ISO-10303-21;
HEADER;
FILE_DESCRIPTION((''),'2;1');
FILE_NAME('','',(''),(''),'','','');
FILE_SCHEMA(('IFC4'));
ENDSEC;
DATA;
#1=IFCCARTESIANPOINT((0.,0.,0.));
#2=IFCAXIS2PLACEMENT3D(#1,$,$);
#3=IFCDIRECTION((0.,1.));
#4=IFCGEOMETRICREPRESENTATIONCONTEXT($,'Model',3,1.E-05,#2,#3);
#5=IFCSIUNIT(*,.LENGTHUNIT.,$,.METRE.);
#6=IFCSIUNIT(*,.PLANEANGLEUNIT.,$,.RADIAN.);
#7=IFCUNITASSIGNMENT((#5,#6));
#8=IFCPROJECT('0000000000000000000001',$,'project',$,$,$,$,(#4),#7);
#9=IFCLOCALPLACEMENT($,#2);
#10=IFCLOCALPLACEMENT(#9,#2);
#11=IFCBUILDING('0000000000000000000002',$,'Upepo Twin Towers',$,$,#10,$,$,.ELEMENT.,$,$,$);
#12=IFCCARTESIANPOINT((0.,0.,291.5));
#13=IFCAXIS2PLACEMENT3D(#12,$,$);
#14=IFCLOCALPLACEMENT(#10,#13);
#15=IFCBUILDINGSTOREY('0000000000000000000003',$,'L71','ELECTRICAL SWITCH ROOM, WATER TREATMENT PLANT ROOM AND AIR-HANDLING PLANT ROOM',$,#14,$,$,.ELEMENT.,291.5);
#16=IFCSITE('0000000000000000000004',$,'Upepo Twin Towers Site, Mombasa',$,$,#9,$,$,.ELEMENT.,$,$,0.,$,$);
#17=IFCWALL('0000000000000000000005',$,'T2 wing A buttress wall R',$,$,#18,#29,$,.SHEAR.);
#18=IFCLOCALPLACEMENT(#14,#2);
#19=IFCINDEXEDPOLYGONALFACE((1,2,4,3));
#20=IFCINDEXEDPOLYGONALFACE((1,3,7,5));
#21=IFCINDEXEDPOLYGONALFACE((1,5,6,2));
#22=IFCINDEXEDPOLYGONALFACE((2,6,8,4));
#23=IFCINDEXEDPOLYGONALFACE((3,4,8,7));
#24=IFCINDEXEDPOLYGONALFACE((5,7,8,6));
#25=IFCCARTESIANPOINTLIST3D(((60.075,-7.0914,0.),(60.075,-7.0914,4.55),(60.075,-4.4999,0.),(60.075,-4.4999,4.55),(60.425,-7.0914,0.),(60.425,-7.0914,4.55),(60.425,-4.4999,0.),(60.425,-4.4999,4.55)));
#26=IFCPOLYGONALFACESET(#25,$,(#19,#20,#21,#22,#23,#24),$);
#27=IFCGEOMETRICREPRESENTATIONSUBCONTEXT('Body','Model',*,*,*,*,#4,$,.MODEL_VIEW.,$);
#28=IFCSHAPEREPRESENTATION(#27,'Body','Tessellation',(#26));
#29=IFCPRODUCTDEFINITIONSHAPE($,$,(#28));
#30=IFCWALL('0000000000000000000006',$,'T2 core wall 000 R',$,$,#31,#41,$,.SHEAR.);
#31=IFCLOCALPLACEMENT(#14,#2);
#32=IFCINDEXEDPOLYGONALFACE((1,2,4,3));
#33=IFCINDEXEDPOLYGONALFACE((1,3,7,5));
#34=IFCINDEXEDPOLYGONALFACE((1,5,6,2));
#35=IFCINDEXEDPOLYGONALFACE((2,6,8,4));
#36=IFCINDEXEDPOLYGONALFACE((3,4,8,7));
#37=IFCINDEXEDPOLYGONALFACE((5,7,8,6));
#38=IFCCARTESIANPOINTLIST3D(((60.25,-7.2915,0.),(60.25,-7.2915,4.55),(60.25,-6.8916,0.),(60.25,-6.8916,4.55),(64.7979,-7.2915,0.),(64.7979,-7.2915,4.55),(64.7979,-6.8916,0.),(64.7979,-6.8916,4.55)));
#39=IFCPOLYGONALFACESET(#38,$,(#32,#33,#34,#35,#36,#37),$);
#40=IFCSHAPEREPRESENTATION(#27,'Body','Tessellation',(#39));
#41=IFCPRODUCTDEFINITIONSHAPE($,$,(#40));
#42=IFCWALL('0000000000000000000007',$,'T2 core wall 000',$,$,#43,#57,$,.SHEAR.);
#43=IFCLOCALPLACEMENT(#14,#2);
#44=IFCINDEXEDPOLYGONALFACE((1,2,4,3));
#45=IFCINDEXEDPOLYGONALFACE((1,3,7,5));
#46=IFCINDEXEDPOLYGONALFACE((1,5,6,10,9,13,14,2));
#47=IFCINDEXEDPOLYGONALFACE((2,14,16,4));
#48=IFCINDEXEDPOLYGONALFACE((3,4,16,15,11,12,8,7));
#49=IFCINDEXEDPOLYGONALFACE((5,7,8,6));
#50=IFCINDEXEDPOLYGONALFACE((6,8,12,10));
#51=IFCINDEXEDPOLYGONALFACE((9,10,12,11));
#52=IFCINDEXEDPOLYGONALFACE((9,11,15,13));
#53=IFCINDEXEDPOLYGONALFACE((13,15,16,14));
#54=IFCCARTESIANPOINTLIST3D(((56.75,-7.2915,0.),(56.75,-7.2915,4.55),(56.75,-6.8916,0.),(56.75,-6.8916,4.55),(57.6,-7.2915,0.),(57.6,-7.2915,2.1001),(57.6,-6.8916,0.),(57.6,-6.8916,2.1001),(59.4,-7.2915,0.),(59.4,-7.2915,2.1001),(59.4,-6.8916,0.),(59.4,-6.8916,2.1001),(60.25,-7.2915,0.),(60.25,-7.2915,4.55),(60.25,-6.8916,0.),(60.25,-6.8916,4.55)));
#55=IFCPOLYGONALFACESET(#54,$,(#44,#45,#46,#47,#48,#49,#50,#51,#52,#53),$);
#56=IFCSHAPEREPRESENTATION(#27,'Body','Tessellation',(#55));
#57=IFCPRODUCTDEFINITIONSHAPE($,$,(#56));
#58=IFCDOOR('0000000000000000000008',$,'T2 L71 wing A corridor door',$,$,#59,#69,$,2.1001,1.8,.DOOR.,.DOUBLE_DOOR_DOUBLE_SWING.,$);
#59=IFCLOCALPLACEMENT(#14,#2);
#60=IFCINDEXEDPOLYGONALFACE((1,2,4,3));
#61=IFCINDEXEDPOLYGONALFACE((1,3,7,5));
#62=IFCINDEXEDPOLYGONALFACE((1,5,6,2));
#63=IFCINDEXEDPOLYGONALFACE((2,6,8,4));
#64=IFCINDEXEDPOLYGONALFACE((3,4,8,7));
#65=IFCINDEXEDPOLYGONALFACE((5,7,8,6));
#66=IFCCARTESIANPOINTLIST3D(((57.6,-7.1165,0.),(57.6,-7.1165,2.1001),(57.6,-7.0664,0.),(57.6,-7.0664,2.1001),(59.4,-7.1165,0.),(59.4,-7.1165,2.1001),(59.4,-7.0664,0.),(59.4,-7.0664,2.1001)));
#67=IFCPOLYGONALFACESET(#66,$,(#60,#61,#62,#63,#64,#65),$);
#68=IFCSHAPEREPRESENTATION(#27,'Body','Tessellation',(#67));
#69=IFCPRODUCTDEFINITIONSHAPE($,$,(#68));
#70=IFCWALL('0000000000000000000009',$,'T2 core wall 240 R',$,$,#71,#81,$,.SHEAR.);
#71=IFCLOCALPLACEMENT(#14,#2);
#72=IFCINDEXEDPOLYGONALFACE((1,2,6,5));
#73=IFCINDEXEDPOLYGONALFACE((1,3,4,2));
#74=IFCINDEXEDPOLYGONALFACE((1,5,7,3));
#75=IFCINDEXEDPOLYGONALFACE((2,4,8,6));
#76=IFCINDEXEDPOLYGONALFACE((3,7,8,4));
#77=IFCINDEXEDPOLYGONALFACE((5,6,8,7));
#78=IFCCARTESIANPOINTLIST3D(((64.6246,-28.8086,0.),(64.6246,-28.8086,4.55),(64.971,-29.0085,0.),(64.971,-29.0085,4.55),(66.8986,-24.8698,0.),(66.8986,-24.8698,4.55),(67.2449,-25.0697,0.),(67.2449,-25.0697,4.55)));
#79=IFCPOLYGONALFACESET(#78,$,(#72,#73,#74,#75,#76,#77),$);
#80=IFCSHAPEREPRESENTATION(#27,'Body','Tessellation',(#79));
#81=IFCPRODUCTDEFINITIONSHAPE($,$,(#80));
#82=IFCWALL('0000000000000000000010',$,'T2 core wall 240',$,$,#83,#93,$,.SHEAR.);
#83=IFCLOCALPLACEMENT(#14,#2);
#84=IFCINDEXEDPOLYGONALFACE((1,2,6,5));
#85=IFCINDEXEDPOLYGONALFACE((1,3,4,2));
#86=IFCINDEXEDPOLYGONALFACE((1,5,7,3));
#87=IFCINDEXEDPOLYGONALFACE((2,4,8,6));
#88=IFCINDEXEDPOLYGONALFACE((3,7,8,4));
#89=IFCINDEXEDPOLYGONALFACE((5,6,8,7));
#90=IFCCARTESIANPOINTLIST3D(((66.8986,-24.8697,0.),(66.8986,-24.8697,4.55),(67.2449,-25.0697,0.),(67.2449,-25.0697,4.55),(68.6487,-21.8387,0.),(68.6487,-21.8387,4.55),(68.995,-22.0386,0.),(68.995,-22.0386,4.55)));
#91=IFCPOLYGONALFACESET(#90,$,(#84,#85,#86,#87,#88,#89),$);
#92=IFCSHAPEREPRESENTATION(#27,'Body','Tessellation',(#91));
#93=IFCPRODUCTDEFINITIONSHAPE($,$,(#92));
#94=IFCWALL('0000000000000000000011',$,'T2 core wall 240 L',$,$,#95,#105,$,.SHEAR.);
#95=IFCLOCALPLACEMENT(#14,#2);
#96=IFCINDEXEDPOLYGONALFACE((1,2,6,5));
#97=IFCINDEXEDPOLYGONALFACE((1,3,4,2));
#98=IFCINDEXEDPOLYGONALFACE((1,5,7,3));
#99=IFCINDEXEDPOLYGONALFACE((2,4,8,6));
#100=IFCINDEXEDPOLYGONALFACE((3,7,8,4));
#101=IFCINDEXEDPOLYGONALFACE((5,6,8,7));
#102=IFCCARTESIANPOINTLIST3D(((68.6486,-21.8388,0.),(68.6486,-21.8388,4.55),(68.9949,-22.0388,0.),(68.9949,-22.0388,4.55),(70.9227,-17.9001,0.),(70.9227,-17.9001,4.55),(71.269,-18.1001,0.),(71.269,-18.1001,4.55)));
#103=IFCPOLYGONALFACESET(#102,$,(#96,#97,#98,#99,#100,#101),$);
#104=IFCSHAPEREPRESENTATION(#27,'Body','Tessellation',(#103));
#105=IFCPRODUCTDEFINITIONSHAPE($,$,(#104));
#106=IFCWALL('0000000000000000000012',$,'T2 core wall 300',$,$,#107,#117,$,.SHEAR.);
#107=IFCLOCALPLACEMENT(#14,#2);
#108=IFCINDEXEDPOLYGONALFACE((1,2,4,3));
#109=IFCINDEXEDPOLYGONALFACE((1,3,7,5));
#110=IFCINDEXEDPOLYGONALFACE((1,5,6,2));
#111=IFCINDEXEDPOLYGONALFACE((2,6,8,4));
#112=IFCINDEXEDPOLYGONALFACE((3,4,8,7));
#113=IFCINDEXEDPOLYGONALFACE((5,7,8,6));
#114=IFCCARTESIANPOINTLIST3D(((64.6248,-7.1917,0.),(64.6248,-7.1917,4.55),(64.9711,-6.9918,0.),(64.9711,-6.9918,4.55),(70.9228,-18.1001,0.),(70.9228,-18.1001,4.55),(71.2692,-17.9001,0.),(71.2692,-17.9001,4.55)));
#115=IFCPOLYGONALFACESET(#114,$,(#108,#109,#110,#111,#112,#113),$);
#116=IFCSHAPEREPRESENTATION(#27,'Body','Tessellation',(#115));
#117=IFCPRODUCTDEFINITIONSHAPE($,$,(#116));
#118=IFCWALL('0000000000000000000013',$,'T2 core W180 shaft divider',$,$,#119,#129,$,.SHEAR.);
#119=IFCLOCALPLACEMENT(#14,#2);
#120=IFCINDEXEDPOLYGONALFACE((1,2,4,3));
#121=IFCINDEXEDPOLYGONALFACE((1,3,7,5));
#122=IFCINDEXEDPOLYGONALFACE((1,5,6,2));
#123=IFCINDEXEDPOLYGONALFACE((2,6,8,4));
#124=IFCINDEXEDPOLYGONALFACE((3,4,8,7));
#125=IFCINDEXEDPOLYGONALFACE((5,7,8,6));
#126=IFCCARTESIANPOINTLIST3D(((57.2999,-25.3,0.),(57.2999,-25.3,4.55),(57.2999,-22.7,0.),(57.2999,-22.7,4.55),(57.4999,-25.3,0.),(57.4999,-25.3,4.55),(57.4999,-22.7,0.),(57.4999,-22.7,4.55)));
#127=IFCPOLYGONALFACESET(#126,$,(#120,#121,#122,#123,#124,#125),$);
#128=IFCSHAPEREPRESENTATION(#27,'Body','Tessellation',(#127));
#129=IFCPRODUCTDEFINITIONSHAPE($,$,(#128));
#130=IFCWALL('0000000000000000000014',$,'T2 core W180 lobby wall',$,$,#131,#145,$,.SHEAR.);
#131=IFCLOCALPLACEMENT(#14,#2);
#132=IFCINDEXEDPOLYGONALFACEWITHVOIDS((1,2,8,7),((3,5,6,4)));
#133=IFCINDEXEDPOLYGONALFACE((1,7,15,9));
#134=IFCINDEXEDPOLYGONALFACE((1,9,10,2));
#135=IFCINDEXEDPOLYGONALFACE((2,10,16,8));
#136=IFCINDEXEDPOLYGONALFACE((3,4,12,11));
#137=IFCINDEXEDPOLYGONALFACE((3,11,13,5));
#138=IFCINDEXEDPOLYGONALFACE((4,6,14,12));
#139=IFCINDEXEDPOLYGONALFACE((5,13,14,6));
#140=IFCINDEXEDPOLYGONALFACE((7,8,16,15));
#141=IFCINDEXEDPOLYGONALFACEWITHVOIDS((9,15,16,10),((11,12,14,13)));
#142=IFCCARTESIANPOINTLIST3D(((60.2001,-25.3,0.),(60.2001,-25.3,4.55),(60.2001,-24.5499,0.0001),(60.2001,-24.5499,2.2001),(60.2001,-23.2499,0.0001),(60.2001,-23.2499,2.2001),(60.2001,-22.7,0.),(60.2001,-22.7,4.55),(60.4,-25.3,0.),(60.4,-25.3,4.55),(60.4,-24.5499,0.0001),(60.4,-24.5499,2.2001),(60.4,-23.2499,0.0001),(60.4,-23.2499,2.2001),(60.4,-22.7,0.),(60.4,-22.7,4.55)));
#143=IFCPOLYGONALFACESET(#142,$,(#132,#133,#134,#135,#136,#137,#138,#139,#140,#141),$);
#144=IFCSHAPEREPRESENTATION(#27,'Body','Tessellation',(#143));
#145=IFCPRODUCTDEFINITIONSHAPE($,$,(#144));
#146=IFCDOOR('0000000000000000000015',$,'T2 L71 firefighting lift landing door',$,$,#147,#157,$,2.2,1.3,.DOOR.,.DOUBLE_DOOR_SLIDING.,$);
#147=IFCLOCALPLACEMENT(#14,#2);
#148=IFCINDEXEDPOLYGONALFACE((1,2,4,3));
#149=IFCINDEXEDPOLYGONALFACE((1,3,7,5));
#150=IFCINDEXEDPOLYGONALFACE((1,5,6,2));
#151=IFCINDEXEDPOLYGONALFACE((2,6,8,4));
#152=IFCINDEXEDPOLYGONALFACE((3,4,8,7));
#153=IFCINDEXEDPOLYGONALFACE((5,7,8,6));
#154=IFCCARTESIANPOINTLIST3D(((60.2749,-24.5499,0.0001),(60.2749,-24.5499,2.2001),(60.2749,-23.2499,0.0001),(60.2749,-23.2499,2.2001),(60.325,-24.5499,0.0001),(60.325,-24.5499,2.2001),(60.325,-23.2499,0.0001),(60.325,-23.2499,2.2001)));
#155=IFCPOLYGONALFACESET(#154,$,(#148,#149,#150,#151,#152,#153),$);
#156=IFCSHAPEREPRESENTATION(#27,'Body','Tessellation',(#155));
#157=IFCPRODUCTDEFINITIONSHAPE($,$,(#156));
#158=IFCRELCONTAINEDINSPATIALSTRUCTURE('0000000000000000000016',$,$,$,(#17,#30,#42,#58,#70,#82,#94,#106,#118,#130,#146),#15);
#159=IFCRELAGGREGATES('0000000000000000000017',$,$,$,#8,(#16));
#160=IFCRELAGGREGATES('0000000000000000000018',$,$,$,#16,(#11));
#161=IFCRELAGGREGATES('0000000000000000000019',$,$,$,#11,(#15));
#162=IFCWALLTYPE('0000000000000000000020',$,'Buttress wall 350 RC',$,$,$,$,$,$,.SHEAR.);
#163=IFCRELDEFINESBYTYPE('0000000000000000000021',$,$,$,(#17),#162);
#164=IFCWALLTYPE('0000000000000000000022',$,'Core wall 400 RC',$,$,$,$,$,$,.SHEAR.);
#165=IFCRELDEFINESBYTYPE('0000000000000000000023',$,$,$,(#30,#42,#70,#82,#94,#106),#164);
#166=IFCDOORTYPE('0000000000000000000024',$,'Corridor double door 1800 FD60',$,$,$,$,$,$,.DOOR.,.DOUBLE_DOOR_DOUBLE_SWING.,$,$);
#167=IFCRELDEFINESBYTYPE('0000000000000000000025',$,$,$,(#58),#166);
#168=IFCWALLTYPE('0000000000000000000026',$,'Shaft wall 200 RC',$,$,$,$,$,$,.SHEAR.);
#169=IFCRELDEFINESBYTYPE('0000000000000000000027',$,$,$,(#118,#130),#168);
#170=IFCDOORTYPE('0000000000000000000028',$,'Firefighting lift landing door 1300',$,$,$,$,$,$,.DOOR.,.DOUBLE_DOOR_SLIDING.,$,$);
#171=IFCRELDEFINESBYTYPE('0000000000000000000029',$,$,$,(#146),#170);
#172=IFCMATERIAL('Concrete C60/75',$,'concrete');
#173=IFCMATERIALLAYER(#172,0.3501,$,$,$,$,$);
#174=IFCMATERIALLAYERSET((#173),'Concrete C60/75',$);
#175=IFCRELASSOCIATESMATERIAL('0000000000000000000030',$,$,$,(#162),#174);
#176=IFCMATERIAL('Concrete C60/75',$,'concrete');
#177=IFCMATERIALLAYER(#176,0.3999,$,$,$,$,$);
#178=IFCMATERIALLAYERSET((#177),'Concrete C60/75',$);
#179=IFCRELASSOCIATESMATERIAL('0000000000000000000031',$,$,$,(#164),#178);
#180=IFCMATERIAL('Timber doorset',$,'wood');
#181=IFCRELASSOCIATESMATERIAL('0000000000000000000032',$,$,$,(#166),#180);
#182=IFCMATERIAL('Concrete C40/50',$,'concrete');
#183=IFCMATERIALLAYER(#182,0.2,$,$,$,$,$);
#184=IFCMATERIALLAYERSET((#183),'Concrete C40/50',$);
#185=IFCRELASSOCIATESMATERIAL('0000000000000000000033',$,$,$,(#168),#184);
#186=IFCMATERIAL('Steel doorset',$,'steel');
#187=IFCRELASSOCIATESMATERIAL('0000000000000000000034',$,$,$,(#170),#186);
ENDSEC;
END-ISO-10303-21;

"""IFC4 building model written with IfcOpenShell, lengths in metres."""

from ifc_helpers import new_model, si_unit, direction, frame, frame_2d, origin, place, context, subcontext, project, spatial, rectangle, extrude, material, layer, layer_set, type_object, element, fill, save


model = new_model("IFC4")

# Units and contexts
model_context = context("Model", 3, precision=1e-05, world=origin(), true_north=direction((0.0, 1.0)))
body_context = subcontext(model_context, "Body", "Model", "MODEL_VIEW")
ifc_project = project(units=[si_unit("LENGTHUNIT", "METRE"), si_unit("PLANEANGLEUNIT", "RADIAN")], contexts=[model_context])

# Site, building, storey
site_placement = place(None, origin())
site = spatial("IfcSite", under=ifc_project, at=site_placement, Name="Upepo Twin Towers Site, Mombasa", CompositionType="ELEMENT", RefElevation=0.0)
building_placement = place(site_placement, origin())
building = spatial("IfcBuilding", under=site, at=building_placement, Name="Upepo Twin Towers", CompositionType="ELEMENT")
storey_placement = place(building_placement, frame((0.0, 0.0, 291.5)))
storey = spatial("IfcBuildingStorey", under=building, at=storey_placement, Name="L71", Description="ELECTRICAL SWITCH ROOM, WATER TREATMENT PLANT ROOM AND AIR-HANDLING PLANT ROOM", CompositionType="ELEMENT", Elevation=291.5)

# Walls
ifc_material_1 = material(Name="Concrete C60/75", Category="concrete")
ifc_layer_1 = layer(ifc_material_1, 0.3501)
ifc_layer_set_1 = layer_set([ifc_layer_1], Name="Concrete C60/75")
wall_type_1 = type_object("IfcWallType", Name="Buttress wall 350 RC", PredefinedType="SHEAR", material=ifc_layer_set_1)
wall_1_placement = place(storey_placement, frame((60.25, -7.0916, 0.0), z_axis=(0.0, 0.0, 1.0), x_axis=(0.0, 1.0, 0.0)))
element("IfcWall", 1, at=wall_1_placement, inside=storey, type_object=wall_type_1, Name="T2 wing A buttress wall R", PredefinedType="SHEAR", context=body_context, shape_type="SweptSolid", body=[
    extrude(rectangle(XDim=2.5916, YDim=0.3501, at=frame_2d((1.2959, 0.0))), origin(), (0.0, 0.0, 1.0), 4.55),
])
ifc_material_2 = material(Name="Concrete C60/75", Category="concrete")
ifc_layer_2 = layer(ifc_material_2, 0.3999)
ifc_layer_set_2 = layer_set([ifc_layer_2], Name="Concrete C60/75")
wall_type_2 = type_object("IfcWallType", Name="Core wall 400 RC", PredefinedType="SHEAR", material=ifc_layer_set_2)
wall_2_placement = place(storey_placement, frame((64.7979, -7.0916, 0.0), z_axis=(0.0, 0.0, 1.0), x_axis=(-1.0, 0.0, 0.0)))
element("IfcWall", 2, at=wall_2_placement, inside=storey, type_object=wall_type_2, Name="T2 core wall 000 R", PredefinedType="SHEAR", context=body_context, shape_type="SweptSolid", body=[
    extrude(rectangle(XDim=4.5479, YDim=0.3999, at=frame_2d((2.2739, 0.0))), origin(), (0.0, 0.0, 1.0), 4.55),
])

# Wall, opening, door
wall_3_placement = place(storey_placement, frame((60.25, -7.0916, 0.0), z_axis=(0.0, 0.0, 1.0), x_axis=(-1.0, 0.0, 0.0)))
wall_3 = element("IfcWall", 3, at=wall_3_placement, inside=storey, type_object=wall_type_2, Name="T2 core wall 000", PredefinedType="SHEAR", context=body_context, shape_type="SweptSolid", body=[
    extrude(rectangle(XDim=3.5, YDim=0.3999, at=frame_2d((1.75, 0.0))), origin(), (0.0, 0.0, 1.0), 4.55),
])
opening_1_placement = place(wall_3_placement, frame((0.8501, 0.0, 0.0)))
opening_1 = element("IfcOpeningElement", 4, at=opening_1_placement, cuts=wall_3, PredefinedType="OPENING", context=body_context, shape_type="SweptSolid", body=[
    extrude(rectangle(XDim=1.8, YDim=2.1001, at=frame_2d((0.8999, 1.05))), frame((0.0, 0.21, 0.0), z_axis=(0.0, -1.0, 0.0), x_axis=(1.0, 0.0, 0.0)), (0.0, 0.0, 1.0), 0.4199),
])
ifc_material_3 = material(Name="Timber doorset", Category="wood")
door_type_1 = type_object("IfcDoorType", Name="Corridor double door 1800 FD60", OperationType="DOUBLE_DOOR_DOUBLE_SWING", PredefinedType="DOOR", material=ifc_material_3)
door_1_placement = place(opening_1_placement, origin())
door_1 = element("IfcDoor", 5, at=door_1_placement, inside=storey, type_object=door_type_1, Name="T2 L71 wing A corridor door", OperationType="DOUBLE_DOOR_DOUBLE_SWING", OverallHeight=2.1001, OverallWidth=1.8, PredefinedType="DOOR", context=body_context, shape_type="SweptSolid", body=[
    extrude(rectangle(XDim=1.8, YDim=2.1001, at=frame_2d((0.8999, 1.05))), frame((0.0, 0.0249, 0.0), z_axis=(0.0, -1.0, 0.0), x_axis=(1.0, 0.0, 0.0)), (0.0, 0.0, 1.0), 0.05),
])
fill(opening_1, door_1)

# Walls
wall_4_placement = place(storey_placement, frame((64.7979, -28.9084, 0.0), z_axis=(0.0, 0.0, 1.0), x_axis=(0.499984, 0.866035, 0.0)))
element("IfcWall", 6, at=wall_4_placement, inside=storey, type_object=wall_type_2, Name="T2 core wall 240 R", PredefinedType="SHEAR", context=body_context, shape_type="SweptSolid", body=[
    extrude(rectangle(XDim=4.5481, YDim=0.3999, at=frame_2d((2.2739, 0.0))), origin(), (0.0, 0.0, 1.0), 4.55),
])
wall_5_placement = place(storey_placement, frame((67.0718, -24.9697, 0.0), z_axis=(0.0, 0.0, 1.0), x_axis=(0.50001, 0.866019, 0.0)))
element("IfcWall", 7, at=wall_5_placement, inside=storey, type_object=wall_type_2, Name="T2 core wall 240", PredefinedType="SHEAR", context=body_context, shape_type="SweptSolid", body=[
    extrude(rectangle(XDim=3.5, YDim=0.3999, at=frame_2d((1.75, 0.0))), origin(), (0.0, 0.0, 1.0), 4.55),
])
wall_6_placement = place(storey_placement, frame((68.8218, -21.9387, 0.0), z_axis=(0.0, 0.0, 1.0), x_axis=(0.500024, 0.866011, 0.0)))
element("IfcWall", 8, at=wall_6_placement, inside=storey, type_object=wall_type_2, Name="T2 core wall 240 L", PredefinedType="SHEAR", context=body_context, shape_type="SweptSolid", body=[
    extrude(rectangle(XDim=4.5481, YDim=0.3999, at=frame_2d((2.2739, 0.0))), origin(), (0.0, 0.0, 1.0), 4.55),
])
wall_7_placement = place(storey_placement, frame((71.0959, -18.0, 0.0), z_axis=(0.0, 0.0, 1.0), x_axis=(-0.500006, 0.866022, 0.0)))
element("IfcWall", 9, at=wall_7_placement, inside=storey, type_object=wall_type_2, Name="T2 core wall 300", PredefinedType="SHEAR", context=body_context, shape_type="SweptSolid", body=[
    extrude(rectangle(XDim=12.5959, YDim=0.3999, at=frame_2d((6.2979, 0.0))), origin(), (0.0, 0.0, 1.0), 4.55),
])
ifc_material_4 = material(Name="Concrete C40/50", Category="concrete")
ifc_layer_3 = layer(ifc_material_4, 0.2)
ifc_layer_set_3 = layer_set([ifc_layer_3], Name="Concrete C40/50")
wall_type_3 = type_object("IfcWallType", Name="Shaft wall 200 RC", PredefinedType="SHEAR", material=ifc_layer_set_3)
wall_8_placement = place(storey_placement, frame((57.3999, -22.7, 0.0), z_axis=(0.0, 0.0, 1.0), x_axis=(0.0, -1.0, 0.0)))
element("IfcWall", 10, at=wall_8_placement, inside=storey, type_object=wall_type_3, Name="T2 core W180 shaft divider", PredefinedType="SHEAR", context=body_context, shape_type="SweptSolid", body=[
    extrude(rectangle(XDim=2.6001, YDim=0.2, at=frame_2d((1.3, 0.0))), origin(), (0.0, 0.0, 1.0), 4.55),
])

# Wall, opening, door
wall_9_placement = place(storey_placement, frame((60.3, -22.7, 0.0), z_axis=(0.0, 0.0, 1.0), x_axis=(0.0, -1.0, 0.0)))
wall_9 = element("IfcWall", 11, at=wall_9_placement, inside=storey, type_object=wall_type_3, Name="T2 core W180 lobby wall", PredefinedType="SHEAR", context=body_context, shape_type="SweptSolid", body=[
    extrude(rectangle(XDim=2.6001, YDim=0.2, at=frame_2d((1.3, 0.0))), origin(), (0.0, 0.0, 1.0), 4.55),
])
opening_2_placement = place(wall_9_placement, frame((0.55, 0.0, 0.0)))
opening_2 = element("IfcOpeningElement", 12, at=opening_2_placement, cuts=wall_9, PredefinedType="OPENING", context=body_context, shape_type="SweptSolid", body=[
    extrude(rectangle(XDim=1.3, YDim=2.2, at=frame_2d((0.6499, 1.1001))), frame((0.0, 0.1099, 0.0), z_axis=(0.0, -1.0, 0.0), x_axis=(1.0, 0.0, 0.0)), (0.0, 0.0, 1.0), 0.22),
])
ifc_material_5 = material(Name="Steel doorset", Category="steel")
door_type_2 = type_object("IfcDoorType", Name="Firefighting lift landing door 1300", OperationType="DOUBLE_DOOR_SLIDING", PredefinedType="DOOR", material=ifc_material_5)
door_2_placement = place(opening_2_placement, origin())
door_2 = element("IfcDoor", 13, at=door_2_placement, inside=storey, type_object=door_type_2, Name="T2 L71 firefighting lift landing door", OperationType="DOUBLE_DOOR_SLIDING", OverallHeight=2.2, OverallWidth=1.3, PredefinedType="DOOR", context=body_context, shape_type="SweptSolid", body=[
    extrude(rectangle(XDim=1.3, YDim=2.2, at=frame_2d((0.6499, 1.1001))), frame((0.0, 0.0249, 0.0), z_axis=(0.0, -1.0, 0.0), x_axis=(1.0, 0.0, 0.0)), (0.0, 0.0, 1.0), 0.05),
])
fill(opening_2, door_2)

save(model, "model.ifc")
